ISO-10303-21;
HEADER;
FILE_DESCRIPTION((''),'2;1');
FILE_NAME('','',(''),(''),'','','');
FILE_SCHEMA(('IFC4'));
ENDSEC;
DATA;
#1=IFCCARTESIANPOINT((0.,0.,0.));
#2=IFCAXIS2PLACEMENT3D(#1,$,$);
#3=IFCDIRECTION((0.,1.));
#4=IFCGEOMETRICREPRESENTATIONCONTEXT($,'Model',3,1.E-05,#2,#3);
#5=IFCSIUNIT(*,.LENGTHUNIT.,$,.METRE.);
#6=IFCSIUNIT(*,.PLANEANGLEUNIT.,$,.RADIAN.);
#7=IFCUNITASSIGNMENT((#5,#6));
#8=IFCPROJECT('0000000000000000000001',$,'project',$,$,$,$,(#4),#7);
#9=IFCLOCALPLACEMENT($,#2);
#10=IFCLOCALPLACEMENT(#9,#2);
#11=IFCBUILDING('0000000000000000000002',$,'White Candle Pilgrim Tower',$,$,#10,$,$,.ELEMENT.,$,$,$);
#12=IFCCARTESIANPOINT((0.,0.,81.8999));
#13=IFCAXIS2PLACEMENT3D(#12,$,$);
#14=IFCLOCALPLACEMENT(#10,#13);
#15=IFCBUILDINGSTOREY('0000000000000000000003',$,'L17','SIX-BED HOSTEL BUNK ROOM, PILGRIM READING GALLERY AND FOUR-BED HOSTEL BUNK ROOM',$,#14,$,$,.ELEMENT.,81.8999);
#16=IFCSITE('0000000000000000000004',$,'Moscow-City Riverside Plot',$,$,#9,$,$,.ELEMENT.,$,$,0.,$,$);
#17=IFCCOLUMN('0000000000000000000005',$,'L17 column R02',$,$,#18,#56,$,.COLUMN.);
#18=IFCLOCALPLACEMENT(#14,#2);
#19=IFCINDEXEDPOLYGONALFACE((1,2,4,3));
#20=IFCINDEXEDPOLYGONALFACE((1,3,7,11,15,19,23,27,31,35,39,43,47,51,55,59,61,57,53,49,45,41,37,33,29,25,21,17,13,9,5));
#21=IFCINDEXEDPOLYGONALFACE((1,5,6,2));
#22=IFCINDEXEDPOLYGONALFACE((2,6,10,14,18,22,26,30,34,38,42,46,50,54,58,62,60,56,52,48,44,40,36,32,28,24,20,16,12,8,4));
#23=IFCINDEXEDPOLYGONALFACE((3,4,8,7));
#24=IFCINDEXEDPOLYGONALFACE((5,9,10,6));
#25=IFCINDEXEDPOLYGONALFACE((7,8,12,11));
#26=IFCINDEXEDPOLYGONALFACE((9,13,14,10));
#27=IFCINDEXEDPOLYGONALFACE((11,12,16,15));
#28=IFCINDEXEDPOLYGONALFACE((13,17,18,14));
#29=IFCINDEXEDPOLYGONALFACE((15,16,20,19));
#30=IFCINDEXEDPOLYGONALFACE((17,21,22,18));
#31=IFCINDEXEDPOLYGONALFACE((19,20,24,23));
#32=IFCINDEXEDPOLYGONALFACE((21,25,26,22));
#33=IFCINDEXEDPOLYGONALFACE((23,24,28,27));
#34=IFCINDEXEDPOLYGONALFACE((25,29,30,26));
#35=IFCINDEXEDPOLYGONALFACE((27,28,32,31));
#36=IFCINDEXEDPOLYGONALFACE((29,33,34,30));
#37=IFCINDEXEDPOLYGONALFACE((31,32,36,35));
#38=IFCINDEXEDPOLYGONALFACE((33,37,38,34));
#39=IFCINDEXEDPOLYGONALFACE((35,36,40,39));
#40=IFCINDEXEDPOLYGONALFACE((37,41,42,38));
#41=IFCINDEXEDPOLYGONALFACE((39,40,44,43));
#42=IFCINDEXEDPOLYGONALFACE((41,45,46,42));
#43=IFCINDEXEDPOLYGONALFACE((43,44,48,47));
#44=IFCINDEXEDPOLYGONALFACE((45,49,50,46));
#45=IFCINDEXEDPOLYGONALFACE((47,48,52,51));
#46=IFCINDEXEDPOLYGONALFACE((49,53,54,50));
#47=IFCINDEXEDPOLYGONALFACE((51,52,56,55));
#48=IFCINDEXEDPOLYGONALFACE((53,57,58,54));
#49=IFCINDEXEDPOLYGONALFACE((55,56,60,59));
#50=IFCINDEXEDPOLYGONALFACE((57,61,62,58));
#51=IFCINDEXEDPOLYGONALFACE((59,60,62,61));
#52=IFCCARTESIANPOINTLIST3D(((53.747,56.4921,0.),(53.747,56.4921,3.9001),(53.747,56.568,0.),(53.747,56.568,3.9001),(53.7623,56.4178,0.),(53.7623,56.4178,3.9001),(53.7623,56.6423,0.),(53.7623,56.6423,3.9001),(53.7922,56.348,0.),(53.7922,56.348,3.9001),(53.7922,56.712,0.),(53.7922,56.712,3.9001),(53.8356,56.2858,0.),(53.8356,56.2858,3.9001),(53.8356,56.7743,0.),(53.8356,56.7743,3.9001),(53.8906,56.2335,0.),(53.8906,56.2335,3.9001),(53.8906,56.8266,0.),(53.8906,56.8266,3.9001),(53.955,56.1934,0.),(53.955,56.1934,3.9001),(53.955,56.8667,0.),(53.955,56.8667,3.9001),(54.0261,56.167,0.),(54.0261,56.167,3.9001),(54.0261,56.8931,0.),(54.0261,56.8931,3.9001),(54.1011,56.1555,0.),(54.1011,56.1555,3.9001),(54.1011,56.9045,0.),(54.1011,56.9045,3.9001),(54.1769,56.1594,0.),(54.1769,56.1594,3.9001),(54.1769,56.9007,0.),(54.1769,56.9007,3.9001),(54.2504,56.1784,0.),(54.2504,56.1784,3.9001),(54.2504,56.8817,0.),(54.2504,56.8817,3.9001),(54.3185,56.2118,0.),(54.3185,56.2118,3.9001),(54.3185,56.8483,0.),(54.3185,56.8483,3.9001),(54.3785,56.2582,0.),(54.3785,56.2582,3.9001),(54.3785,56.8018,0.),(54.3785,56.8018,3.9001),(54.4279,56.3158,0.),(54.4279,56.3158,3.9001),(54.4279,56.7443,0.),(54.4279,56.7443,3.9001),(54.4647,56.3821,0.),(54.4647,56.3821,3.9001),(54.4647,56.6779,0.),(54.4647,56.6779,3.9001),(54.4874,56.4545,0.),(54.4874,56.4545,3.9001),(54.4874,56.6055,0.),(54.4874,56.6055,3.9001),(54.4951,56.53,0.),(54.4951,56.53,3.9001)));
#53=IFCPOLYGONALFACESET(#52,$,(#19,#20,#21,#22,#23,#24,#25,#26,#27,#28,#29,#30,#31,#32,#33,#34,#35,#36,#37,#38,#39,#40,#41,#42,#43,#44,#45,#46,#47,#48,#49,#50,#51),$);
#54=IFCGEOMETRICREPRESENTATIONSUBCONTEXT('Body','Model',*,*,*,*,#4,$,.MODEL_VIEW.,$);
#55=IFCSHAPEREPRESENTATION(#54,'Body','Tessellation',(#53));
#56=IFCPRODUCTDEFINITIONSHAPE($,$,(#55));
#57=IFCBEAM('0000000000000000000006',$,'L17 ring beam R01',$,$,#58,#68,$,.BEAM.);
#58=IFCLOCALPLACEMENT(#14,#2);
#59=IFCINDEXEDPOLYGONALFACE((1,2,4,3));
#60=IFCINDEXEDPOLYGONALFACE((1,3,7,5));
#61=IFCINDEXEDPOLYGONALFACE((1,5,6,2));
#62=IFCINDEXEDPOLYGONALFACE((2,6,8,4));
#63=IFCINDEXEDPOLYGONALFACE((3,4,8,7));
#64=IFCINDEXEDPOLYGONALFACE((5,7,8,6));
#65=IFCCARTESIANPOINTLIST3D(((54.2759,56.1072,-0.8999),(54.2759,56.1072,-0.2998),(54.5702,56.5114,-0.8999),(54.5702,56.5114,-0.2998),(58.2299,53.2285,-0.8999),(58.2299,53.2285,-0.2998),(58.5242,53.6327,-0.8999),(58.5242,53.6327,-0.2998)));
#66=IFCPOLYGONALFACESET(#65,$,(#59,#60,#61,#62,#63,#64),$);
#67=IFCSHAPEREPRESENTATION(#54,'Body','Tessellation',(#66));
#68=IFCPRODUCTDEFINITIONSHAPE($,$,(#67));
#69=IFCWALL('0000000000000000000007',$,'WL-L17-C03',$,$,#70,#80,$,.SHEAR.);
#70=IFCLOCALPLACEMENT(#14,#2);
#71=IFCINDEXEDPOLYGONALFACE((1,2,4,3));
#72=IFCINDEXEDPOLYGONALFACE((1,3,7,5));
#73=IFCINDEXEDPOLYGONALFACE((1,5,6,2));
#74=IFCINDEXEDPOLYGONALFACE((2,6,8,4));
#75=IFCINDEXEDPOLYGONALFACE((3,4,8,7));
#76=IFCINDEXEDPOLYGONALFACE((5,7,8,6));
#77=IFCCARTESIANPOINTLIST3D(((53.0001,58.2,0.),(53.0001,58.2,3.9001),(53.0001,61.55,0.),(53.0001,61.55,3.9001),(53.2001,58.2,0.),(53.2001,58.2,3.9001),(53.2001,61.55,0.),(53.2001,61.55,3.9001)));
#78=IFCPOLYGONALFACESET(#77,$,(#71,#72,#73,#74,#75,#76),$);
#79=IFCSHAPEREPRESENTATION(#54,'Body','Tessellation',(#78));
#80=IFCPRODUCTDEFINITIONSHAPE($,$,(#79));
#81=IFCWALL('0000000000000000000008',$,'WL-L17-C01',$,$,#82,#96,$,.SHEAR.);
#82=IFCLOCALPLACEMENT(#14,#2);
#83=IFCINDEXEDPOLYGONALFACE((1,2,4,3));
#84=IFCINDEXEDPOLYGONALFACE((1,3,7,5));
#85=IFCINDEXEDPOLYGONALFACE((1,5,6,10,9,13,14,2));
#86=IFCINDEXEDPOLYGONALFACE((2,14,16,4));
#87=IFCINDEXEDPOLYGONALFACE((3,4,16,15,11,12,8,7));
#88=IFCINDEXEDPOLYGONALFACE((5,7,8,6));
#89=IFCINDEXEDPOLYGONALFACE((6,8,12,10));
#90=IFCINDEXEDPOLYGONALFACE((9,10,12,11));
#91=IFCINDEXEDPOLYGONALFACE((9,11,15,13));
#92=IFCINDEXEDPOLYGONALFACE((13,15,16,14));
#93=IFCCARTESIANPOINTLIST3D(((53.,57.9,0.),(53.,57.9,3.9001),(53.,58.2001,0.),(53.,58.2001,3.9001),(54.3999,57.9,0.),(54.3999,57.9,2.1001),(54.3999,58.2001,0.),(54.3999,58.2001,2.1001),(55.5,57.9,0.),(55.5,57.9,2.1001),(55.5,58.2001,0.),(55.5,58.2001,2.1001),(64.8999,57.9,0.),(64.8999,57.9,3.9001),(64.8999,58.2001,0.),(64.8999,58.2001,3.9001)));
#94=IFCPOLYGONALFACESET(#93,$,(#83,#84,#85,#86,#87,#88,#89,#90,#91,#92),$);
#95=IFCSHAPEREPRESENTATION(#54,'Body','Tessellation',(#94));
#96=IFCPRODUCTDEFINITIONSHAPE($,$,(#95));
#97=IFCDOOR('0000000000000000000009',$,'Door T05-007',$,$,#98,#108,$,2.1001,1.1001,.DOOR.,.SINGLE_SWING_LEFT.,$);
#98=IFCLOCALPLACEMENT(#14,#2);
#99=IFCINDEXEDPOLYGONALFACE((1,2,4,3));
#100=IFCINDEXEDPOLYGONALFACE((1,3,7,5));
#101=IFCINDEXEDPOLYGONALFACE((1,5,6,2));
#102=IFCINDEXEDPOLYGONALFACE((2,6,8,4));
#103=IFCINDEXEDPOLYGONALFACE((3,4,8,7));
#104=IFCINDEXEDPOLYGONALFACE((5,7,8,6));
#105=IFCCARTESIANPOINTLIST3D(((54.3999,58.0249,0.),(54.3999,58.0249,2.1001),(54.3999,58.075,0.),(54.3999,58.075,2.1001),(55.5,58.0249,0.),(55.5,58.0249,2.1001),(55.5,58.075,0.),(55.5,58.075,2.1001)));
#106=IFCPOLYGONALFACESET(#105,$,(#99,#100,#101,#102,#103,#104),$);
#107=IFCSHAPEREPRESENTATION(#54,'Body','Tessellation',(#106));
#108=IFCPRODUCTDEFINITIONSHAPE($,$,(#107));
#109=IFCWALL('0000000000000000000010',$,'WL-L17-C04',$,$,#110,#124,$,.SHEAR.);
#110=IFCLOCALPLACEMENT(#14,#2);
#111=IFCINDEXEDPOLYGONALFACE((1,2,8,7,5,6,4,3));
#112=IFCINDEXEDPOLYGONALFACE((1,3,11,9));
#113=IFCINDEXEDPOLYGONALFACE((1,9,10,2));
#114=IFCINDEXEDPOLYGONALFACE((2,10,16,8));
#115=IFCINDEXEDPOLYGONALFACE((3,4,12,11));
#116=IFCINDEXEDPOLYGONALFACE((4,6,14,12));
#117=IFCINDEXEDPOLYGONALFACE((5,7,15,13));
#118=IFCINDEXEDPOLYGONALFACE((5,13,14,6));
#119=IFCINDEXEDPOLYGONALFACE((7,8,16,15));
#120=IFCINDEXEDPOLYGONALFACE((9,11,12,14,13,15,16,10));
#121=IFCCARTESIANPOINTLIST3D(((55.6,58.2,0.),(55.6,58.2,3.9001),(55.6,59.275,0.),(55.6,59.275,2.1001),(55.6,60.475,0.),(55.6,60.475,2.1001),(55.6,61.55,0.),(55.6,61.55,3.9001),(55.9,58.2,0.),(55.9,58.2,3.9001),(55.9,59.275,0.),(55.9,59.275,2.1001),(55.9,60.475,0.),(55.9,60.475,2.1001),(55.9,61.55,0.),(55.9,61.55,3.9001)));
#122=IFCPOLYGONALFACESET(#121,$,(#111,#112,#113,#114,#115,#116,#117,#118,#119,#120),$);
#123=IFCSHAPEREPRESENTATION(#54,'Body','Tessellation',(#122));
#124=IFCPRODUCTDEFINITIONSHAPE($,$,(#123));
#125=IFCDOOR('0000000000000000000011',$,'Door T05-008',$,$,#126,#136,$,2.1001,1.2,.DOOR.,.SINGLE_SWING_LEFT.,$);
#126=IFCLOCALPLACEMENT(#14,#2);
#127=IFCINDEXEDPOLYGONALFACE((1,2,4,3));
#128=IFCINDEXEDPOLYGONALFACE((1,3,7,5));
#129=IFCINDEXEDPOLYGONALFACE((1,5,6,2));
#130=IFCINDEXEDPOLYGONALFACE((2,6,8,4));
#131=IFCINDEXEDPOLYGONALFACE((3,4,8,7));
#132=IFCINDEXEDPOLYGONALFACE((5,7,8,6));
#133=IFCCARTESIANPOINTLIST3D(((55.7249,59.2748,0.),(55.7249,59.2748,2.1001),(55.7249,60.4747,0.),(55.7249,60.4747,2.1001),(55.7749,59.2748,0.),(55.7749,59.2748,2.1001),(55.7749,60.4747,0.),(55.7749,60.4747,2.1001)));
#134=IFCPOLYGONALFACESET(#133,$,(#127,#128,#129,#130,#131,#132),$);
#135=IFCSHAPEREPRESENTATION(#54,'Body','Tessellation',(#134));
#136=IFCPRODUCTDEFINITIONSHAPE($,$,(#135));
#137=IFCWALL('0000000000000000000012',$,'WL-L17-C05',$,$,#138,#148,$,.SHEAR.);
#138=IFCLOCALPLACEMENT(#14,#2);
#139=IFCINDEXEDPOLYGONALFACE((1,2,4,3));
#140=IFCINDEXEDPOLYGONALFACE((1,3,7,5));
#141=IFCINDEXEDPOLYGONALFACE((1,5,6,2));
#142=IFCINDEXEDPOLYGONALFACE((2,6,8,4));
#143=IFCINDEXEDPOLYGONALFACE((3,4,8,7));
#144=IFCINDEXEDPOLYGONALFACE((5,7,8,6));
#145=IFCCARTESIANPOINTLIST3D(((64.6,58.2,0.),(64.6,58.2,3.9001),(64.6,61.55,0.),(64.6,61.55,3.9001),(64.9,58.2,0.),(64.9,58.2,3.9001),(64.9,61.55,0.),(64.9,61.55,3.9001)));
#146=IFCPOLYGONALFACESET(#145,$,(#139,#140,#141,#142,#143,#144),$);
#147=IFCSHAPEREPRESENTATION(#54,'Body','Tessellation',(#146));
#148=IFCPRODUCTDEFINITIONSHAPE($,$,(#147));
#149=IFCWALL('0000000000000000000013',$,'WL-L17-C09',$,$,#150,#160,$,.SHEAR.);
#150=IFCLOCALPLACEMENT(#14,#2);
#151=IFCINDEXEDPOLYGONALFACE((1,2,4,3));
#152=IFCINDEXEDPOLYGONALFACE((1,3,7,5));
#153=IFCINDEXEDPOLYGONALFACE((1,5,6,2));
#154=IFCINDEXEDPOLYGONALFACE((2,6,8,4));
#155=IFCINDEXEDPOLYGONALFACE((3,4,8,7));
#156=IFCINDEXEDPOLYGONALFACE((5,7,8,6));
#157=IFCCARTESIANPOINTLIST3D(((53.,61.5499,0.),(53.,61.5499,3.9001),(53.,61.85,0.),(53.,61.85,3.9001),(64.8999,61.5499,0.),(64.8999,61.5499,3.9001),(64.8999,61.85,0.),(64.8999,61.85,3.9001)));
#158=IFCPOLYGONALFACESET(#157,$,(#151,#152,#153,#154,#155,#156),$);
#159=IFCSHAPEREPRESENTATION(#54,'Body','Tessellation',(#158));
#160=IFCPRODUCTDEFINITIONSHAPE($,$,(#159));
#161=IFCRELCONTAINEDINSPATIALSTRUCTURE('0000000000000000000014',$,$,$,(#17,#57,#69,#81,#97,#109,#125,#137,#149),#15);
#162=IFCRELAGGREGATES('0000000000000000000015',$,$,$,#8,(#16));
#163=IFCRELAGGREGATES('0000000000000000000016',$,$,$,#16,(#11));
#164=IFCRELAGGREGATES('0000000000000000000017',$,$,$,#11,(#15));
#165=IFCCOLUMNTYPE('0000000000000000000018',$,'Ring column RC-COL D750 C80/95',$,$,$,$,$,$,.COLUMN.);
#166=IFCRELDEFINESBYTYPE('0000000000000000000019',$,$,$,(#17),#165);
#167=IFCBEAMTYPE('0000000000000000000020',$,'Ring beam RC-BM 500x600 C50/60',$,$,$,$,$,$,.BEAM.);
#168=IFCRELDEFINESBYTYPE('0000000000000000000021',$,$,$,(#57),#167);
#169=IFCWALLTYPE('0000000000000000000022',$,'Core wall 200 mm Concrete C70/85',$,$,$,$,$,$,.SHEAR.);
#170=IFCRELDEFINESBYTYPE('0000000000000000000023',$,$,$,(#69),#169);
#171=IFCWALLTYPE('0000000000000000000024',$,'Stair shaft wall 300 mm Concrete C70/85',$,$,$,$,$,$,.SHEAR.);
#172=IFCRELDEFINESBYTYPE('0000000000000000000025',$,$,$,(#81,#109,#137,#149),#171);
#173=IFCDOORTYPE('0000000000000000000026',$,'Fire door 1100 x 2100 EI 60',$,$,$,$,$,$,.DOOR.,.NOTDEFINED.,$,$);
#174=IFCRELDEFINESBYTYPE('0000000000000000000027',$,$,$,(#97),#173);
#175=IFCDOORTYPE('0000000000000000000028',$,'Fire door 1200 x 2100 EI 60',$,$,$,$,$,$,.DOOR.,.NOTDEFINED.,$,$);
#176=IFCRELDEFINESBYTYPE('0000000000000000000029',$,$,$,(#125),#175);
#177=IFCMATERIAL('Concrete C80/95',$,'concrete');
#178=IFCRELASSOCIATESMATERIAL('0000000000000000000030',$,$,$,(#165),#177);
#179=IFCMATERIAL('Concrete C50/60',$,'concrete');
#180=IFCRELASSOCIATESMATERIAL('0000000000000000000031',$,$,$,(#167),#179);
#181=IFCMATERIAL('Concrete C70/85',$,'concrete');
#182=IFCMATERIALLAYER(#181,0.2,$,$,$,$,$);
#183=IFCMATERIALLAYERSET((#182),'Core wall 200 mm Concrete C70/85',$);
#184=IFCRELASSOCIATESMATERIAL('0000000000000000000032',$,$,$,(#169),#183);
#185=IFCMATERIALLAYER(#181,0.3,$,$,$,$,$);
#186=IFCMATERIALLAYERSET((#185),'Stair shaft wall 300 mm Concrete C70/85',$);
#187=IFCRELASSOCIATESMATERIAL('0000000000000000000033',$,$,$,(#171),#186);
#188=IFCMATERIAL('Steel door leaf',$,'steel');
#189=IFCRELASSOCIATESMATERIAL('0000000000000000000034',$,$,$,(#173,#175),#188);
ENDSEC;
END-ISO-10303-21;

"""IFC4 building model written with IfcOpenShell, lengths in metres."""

from ifc_helpers import new_model, si_unit, direction, frame, frame_2d, origin, origin_2d, place, context, subcontext, project, spatial, rectangle, circle, extrude, material, layer, layer_set, material_profile, profile_set, type_object, element, fill, save


model = new_model("IFC4")

# Units and contexts
model_context = context("Model", 3, precision=1e-05, world=origin(), true_north=direction((0.0, 1.0)))
body_context = subcontext(model_context, "Body", "Model", "MODEL_VIEW")
ifc_project = project(units=[si_unit("LENGTHUNIT", "METRE"), si_unit("PLANEANGLEUNIT", "RADIAN")], contexts=[model_context])

# Site, building, storey
site_placement = place(None, origin())
site = spatial("IfcSite", under=ifc_project, at=site_placement, Name="Moscow-City Riverside Plot", CompositionType="ELEMENT", RefElevation=0.0)
building_placement = place(site_placement, origin())
building = spatial("IfcBuilding", under=site, at=building_placement, Name="White Candle Pilgrim Tower", CompositionType="ELEMENT")
storey_placement = place(building_placement, frame((0.0, 0.0, 81.8999)))
storey = spatial("IfcBuildingStorey", under=building, at=storey_placement, Name="L17", Description="SIX-BED HOSTEL BUNK ROOM, PILGRIM READING GALLERY AND FOUR-BED HOSTEL BUNK ROOM", CompositionType="ELEMENT", Elevation=81.8999)

# Column
ifc_material_1 = material(Name="Concrete C80/95", Category="concrete")
ifc_material_profile_1 = material_profile(ifc_material_1, circle(Radius=0.375, at=origin_2d()), Name="RC-COL D750")
ifc_profile_set_1 = profile_set([ifc_material_profile_1], Name="Concrete C80/95")
column_type = type_object("IfcColumnType", Name="Ring column RC-COL D750 C80/95", PredefinedType="COLUMN", material=ifc_profile_set_1)
column_placement = place(storey_placement, frame((54.1201, 56.53, 0.0), z_axis=(0.0, 0.0, 1.0), x_axis=(1.0, 0.0, 0.0)))
element("IfcColumn", 1, at=column_placement, inside=storey, type_object=column_type, Name="L17 column R02", PredefinedType="COLUMN", context=body_context, shape_type="SweptSolid", body=[
    extrude(circle(Radius=0.375, at=origin_2d()), origin(), (0.0, 0.0, 1.0), 3.9001),
])

# Beam
ifc_material_2 = material(Name="Concrete C50/60", Category="concrete")
ifc_material_profile_2 = material_profile(ifc_material_2, rectangle(XDim=0.5, YDim=0.6001, at=origin_2d()), Name="RC-BM 500x600")
ifc_profile_set_2 = profile_set([ifc_material_profile_2], Name="Concrete C50/60")
beam_type = type_object("IfcBeamType", Name="Ring beam RC-BM 500x600 C50/60", PredefinedType="BEAM", material=ifc_profile_set_2)
beam_placement = place(storey_placement, frame((54.4231, 56.3093, -0.5999), z_axis=(0.808432, -0.58859, 0.0), x_axis=(0.58859, 0.808432, 0.0)))
element("IfcBeam", 2, at=beam_placement, inside=storey, type_object=beam_type, Name="L17 ring beam R01", PredefinedType="BEAM", context=body_context, shape_type="SweptSolid", body=[
    extrude(rectangle(XDim=0.5, YDim=0.6001, at=origin_2d()), origin(), (0.0, 0.0, 1.0), 4.8909),
])

# Wall
ifc_material_3 = material(Name="Concrete C70/85", Category="concrete")
ifc_layer_1 = layer(ifc_material_3, 0.2)
ifc_layer_set_1 = layer_set([ifc_layer_1], Name="Core wall 200 mm Concrete C70/85")
wall_type_1 = type_object("IfcWallType", Name="Core wall 200 mm Concrete C70/85", PredefinedType="SHEAR", material=ifc_layer_set_1)
wall_1_placement = place(storey_placement, frame((53.1001, 58.2, 0.0), z_axis=(0.0, 0.0, 1.0), x_axis=(0.0, 1.0, 0.0)))
element("IfcWall", 3, at=wall_1_placement, inside=storey, type_object=wall_type_1, Name="WL-L17-C03", PredefinedType="SHEAR", context=body_context, shape_type="SweptSolid", body=[
    extrude(rectangle(XDim=3.3501, YDim=0.2, at=frame_2d((1.675, 0.0))), origin(), (0.0, 0.0, 1.0), 3.9001),
])

# Walls, openings, doors
ifc_layer_2 = layer(ifc_material_3, 0.3)
ifc_layer_set_2 = layer_set([ifc_layer_2], Name="Stair shaft wall 300 mm Concrete C70/85")
wall_type_2 = type_object("IfcWallType", Name="Stair shaft wall 300 mm Concrete C70/85", PredefinedType="SHEAR", material=ifc_layer_set_2)
wall_2_placement = place(storey_placement, frame((53.0, 58.05, 0.0), z_axis=(0.0, 0.0, 1.0), x_axis=(1.0, 0.0, 0.0)))
wall_2 = element("IfcWall", 4, at=wall_2_placement, inside=storey, type_object=wall_type_2, Name="WL-L17-C01", PredefinedType="SHEAR", context=body_context, shape_type="SweptSolid", body=[
    extrude(rectangle(XDim=11.8999, YDim=0.3, at=frame_2d((5.95, 0.0))), origin(), (0.0, 0.0, 1.0), 3.9001),
])
opening_1_placement = place(wall_2_placement, frame((1.3999, 0.0, 0.0)))
opening_1 = element("IfcOpeningElement", 5, at=opening_1_placement, cuts=wall_2, PredefinedType="OPENING", context=body_context, shape_type="SweptSolid", body=[
    extrude(rectangle(XDim=1.1001, YDim=2.1001, at=frame_2d((0.55, 1.05))), frame((0.0, 0.1599, 0.0), z_axis=(0.0, -1.0, 0.0), x_axis=(1.0, 0.0, 0.0)), (0.0, 0.0, 1.0), 0.3201),
])
ifc_material_4 = material(Name="Steel door leaf", Category="steel")
door_type_1 = type_object("IfcDoorType", Name="Fire door 1100 x 2100 EI 60", OperationType="NOTDEFINED", PredefinedType="DOOR", material=ifc_material_4)
door_1_placement = place(opening_1_placement, origin())
door_1 = element("IfcDoor", 6, at=door_1_placement, inside=storey, type_object=door_type_1, Name="Door T05-007", OperationType="SINGLE_SWING_LEFT", OverallHeight=2.1001, OverallWidth=1.1001, PredefinedType="DOOR", context=body_context, shape_type="SweptSolid", body=[
    extrude(rectangle(XDim=1.1001, YDim=2.1001, at=frame_2d((0.55, 1.05))), frame((0.0, 0.0249, 0.0), z_axis=(0.0, -1.0, 0.0), x_axis=(1.0, 0.0, 0.0)), (0.0, 0.0, 1.0), 0.05),
])
fill(opening_1, door_1)
wall_3_placement = place(storey_placement, frame((55.75, 58.2, 0.0), z_axis=(0.0, 0.0, 1.0), x_axis=(0.0, 1.0, 0.0)))
wall_3 = element("IfcWall", 7, at=wall_3_placement, inside=storey, type_object=wall_type_2, Name="WL-L17-C04", PredefinedType="SHEAR", context=body_context, shape_type="SweptSolid", body=[
    extrude(rectangle(XDim=3.3501, YDim=0.3, at=frame_2d((1.675, 0.0))), origin(), (0.0, 0.0, 1.0), 3.9001),
])
opening_2_placement = place(wall_3_placement, frame((1.075, 0.0, 0.0)))
opening_2 = element("IfcOpeningElement", 8, at=opening_2_placement, cuts=wall_3, PredefinedType="OPENING", context=body_context, shape_type="SweptSolid", body=[
    extrude(rectangle(XDim=1.2, YDim=2.1001, at=frame_2d((0.6001, 1.05))), frame((0.0, 0.1599, 0.0), z_axis=(0.0, -1.0, 0.0), x_axis=(1.0, 0.0, 0.0)), (0.0, 0.0, 1.0), 0.3201),
])
door_type_2 = type_object("IfcDoorType", Name="Fire door 1200 x 2100 EI 60", OperationType="NOTDEFINED", PredefinedType="DOOR", material=ifc_material_4)
door_2_placement = place(opening_2_placement, frame((1.2, 0.0, 0.0), z_axis=(0.0, 0.0, 1.0), x_axis=(-1.0, 0.0, 0.0)))
door_2 = element("IfcDoor", 9, at=door_2_placement, inside=storey, type_object=door_type_2, Name="Door T05-008", OperationType="SINGLE_SWING_LEFT", OverallHeight=2.1001, OverallWidth=1.2, PredefinedType="DOOR", context=body_context, shape_type="SweptSolid", body=[
    extrude(rectangle(XDim=1.2, YDim=2.1001, at=frame_2d((0.6001, 1.05))), frame((0.0, 0.0249, 0.0), z_axis=(0.0, -1.0, 0.0), x_axis=(1.0, 0.0, 0.0)), (0.0, 0.0, 1.0), 0.05),
])
fill(opening_2, door_2)

# Walls
wall_4_placement = place(storey_placement, frame((64.75, 58.2, 0.0), z_axis=(0.0, 0.0, 1.0), x_axis=(0.0, 1.0, 0.0)))
element("IfcWall", 10, at=wall_4_placement, inside=storey, type_object=wall_type_2, Name="WL-L17-C05", PredefinedType="SHEAR", context=body_context, shape_type="SweptSolid", body=[
    extrude(rectangle(XDim=3.3501, YDim=0.3, at=frame_2d((1.675, 0.0))), origin(), (0.0, 0.0, 1.0), 3.9001),
])
wall_5_placement = place(storey_placement, frame((53.0, 61.7, 0.0), z_axis=(0.0, 0.0, 1.0), x_axis=(1.0, 0.0, 0.0)))
element("IfcWall", 11, at=wall_5_placement, inside=storey, type_object=wall_type_2, Name="WL-L17-C09", PredefinedType="SHEAR", context=body_context, shape_type="SweptSolid", body=[
    extrude(rectangle(XDim=11.8999, YDim=0.3, at=frame_2d((5.95, 0.0))), origin(), (0.0, 0.0, 1.0), 3.9001),
])

save(model, "model.ifc")
